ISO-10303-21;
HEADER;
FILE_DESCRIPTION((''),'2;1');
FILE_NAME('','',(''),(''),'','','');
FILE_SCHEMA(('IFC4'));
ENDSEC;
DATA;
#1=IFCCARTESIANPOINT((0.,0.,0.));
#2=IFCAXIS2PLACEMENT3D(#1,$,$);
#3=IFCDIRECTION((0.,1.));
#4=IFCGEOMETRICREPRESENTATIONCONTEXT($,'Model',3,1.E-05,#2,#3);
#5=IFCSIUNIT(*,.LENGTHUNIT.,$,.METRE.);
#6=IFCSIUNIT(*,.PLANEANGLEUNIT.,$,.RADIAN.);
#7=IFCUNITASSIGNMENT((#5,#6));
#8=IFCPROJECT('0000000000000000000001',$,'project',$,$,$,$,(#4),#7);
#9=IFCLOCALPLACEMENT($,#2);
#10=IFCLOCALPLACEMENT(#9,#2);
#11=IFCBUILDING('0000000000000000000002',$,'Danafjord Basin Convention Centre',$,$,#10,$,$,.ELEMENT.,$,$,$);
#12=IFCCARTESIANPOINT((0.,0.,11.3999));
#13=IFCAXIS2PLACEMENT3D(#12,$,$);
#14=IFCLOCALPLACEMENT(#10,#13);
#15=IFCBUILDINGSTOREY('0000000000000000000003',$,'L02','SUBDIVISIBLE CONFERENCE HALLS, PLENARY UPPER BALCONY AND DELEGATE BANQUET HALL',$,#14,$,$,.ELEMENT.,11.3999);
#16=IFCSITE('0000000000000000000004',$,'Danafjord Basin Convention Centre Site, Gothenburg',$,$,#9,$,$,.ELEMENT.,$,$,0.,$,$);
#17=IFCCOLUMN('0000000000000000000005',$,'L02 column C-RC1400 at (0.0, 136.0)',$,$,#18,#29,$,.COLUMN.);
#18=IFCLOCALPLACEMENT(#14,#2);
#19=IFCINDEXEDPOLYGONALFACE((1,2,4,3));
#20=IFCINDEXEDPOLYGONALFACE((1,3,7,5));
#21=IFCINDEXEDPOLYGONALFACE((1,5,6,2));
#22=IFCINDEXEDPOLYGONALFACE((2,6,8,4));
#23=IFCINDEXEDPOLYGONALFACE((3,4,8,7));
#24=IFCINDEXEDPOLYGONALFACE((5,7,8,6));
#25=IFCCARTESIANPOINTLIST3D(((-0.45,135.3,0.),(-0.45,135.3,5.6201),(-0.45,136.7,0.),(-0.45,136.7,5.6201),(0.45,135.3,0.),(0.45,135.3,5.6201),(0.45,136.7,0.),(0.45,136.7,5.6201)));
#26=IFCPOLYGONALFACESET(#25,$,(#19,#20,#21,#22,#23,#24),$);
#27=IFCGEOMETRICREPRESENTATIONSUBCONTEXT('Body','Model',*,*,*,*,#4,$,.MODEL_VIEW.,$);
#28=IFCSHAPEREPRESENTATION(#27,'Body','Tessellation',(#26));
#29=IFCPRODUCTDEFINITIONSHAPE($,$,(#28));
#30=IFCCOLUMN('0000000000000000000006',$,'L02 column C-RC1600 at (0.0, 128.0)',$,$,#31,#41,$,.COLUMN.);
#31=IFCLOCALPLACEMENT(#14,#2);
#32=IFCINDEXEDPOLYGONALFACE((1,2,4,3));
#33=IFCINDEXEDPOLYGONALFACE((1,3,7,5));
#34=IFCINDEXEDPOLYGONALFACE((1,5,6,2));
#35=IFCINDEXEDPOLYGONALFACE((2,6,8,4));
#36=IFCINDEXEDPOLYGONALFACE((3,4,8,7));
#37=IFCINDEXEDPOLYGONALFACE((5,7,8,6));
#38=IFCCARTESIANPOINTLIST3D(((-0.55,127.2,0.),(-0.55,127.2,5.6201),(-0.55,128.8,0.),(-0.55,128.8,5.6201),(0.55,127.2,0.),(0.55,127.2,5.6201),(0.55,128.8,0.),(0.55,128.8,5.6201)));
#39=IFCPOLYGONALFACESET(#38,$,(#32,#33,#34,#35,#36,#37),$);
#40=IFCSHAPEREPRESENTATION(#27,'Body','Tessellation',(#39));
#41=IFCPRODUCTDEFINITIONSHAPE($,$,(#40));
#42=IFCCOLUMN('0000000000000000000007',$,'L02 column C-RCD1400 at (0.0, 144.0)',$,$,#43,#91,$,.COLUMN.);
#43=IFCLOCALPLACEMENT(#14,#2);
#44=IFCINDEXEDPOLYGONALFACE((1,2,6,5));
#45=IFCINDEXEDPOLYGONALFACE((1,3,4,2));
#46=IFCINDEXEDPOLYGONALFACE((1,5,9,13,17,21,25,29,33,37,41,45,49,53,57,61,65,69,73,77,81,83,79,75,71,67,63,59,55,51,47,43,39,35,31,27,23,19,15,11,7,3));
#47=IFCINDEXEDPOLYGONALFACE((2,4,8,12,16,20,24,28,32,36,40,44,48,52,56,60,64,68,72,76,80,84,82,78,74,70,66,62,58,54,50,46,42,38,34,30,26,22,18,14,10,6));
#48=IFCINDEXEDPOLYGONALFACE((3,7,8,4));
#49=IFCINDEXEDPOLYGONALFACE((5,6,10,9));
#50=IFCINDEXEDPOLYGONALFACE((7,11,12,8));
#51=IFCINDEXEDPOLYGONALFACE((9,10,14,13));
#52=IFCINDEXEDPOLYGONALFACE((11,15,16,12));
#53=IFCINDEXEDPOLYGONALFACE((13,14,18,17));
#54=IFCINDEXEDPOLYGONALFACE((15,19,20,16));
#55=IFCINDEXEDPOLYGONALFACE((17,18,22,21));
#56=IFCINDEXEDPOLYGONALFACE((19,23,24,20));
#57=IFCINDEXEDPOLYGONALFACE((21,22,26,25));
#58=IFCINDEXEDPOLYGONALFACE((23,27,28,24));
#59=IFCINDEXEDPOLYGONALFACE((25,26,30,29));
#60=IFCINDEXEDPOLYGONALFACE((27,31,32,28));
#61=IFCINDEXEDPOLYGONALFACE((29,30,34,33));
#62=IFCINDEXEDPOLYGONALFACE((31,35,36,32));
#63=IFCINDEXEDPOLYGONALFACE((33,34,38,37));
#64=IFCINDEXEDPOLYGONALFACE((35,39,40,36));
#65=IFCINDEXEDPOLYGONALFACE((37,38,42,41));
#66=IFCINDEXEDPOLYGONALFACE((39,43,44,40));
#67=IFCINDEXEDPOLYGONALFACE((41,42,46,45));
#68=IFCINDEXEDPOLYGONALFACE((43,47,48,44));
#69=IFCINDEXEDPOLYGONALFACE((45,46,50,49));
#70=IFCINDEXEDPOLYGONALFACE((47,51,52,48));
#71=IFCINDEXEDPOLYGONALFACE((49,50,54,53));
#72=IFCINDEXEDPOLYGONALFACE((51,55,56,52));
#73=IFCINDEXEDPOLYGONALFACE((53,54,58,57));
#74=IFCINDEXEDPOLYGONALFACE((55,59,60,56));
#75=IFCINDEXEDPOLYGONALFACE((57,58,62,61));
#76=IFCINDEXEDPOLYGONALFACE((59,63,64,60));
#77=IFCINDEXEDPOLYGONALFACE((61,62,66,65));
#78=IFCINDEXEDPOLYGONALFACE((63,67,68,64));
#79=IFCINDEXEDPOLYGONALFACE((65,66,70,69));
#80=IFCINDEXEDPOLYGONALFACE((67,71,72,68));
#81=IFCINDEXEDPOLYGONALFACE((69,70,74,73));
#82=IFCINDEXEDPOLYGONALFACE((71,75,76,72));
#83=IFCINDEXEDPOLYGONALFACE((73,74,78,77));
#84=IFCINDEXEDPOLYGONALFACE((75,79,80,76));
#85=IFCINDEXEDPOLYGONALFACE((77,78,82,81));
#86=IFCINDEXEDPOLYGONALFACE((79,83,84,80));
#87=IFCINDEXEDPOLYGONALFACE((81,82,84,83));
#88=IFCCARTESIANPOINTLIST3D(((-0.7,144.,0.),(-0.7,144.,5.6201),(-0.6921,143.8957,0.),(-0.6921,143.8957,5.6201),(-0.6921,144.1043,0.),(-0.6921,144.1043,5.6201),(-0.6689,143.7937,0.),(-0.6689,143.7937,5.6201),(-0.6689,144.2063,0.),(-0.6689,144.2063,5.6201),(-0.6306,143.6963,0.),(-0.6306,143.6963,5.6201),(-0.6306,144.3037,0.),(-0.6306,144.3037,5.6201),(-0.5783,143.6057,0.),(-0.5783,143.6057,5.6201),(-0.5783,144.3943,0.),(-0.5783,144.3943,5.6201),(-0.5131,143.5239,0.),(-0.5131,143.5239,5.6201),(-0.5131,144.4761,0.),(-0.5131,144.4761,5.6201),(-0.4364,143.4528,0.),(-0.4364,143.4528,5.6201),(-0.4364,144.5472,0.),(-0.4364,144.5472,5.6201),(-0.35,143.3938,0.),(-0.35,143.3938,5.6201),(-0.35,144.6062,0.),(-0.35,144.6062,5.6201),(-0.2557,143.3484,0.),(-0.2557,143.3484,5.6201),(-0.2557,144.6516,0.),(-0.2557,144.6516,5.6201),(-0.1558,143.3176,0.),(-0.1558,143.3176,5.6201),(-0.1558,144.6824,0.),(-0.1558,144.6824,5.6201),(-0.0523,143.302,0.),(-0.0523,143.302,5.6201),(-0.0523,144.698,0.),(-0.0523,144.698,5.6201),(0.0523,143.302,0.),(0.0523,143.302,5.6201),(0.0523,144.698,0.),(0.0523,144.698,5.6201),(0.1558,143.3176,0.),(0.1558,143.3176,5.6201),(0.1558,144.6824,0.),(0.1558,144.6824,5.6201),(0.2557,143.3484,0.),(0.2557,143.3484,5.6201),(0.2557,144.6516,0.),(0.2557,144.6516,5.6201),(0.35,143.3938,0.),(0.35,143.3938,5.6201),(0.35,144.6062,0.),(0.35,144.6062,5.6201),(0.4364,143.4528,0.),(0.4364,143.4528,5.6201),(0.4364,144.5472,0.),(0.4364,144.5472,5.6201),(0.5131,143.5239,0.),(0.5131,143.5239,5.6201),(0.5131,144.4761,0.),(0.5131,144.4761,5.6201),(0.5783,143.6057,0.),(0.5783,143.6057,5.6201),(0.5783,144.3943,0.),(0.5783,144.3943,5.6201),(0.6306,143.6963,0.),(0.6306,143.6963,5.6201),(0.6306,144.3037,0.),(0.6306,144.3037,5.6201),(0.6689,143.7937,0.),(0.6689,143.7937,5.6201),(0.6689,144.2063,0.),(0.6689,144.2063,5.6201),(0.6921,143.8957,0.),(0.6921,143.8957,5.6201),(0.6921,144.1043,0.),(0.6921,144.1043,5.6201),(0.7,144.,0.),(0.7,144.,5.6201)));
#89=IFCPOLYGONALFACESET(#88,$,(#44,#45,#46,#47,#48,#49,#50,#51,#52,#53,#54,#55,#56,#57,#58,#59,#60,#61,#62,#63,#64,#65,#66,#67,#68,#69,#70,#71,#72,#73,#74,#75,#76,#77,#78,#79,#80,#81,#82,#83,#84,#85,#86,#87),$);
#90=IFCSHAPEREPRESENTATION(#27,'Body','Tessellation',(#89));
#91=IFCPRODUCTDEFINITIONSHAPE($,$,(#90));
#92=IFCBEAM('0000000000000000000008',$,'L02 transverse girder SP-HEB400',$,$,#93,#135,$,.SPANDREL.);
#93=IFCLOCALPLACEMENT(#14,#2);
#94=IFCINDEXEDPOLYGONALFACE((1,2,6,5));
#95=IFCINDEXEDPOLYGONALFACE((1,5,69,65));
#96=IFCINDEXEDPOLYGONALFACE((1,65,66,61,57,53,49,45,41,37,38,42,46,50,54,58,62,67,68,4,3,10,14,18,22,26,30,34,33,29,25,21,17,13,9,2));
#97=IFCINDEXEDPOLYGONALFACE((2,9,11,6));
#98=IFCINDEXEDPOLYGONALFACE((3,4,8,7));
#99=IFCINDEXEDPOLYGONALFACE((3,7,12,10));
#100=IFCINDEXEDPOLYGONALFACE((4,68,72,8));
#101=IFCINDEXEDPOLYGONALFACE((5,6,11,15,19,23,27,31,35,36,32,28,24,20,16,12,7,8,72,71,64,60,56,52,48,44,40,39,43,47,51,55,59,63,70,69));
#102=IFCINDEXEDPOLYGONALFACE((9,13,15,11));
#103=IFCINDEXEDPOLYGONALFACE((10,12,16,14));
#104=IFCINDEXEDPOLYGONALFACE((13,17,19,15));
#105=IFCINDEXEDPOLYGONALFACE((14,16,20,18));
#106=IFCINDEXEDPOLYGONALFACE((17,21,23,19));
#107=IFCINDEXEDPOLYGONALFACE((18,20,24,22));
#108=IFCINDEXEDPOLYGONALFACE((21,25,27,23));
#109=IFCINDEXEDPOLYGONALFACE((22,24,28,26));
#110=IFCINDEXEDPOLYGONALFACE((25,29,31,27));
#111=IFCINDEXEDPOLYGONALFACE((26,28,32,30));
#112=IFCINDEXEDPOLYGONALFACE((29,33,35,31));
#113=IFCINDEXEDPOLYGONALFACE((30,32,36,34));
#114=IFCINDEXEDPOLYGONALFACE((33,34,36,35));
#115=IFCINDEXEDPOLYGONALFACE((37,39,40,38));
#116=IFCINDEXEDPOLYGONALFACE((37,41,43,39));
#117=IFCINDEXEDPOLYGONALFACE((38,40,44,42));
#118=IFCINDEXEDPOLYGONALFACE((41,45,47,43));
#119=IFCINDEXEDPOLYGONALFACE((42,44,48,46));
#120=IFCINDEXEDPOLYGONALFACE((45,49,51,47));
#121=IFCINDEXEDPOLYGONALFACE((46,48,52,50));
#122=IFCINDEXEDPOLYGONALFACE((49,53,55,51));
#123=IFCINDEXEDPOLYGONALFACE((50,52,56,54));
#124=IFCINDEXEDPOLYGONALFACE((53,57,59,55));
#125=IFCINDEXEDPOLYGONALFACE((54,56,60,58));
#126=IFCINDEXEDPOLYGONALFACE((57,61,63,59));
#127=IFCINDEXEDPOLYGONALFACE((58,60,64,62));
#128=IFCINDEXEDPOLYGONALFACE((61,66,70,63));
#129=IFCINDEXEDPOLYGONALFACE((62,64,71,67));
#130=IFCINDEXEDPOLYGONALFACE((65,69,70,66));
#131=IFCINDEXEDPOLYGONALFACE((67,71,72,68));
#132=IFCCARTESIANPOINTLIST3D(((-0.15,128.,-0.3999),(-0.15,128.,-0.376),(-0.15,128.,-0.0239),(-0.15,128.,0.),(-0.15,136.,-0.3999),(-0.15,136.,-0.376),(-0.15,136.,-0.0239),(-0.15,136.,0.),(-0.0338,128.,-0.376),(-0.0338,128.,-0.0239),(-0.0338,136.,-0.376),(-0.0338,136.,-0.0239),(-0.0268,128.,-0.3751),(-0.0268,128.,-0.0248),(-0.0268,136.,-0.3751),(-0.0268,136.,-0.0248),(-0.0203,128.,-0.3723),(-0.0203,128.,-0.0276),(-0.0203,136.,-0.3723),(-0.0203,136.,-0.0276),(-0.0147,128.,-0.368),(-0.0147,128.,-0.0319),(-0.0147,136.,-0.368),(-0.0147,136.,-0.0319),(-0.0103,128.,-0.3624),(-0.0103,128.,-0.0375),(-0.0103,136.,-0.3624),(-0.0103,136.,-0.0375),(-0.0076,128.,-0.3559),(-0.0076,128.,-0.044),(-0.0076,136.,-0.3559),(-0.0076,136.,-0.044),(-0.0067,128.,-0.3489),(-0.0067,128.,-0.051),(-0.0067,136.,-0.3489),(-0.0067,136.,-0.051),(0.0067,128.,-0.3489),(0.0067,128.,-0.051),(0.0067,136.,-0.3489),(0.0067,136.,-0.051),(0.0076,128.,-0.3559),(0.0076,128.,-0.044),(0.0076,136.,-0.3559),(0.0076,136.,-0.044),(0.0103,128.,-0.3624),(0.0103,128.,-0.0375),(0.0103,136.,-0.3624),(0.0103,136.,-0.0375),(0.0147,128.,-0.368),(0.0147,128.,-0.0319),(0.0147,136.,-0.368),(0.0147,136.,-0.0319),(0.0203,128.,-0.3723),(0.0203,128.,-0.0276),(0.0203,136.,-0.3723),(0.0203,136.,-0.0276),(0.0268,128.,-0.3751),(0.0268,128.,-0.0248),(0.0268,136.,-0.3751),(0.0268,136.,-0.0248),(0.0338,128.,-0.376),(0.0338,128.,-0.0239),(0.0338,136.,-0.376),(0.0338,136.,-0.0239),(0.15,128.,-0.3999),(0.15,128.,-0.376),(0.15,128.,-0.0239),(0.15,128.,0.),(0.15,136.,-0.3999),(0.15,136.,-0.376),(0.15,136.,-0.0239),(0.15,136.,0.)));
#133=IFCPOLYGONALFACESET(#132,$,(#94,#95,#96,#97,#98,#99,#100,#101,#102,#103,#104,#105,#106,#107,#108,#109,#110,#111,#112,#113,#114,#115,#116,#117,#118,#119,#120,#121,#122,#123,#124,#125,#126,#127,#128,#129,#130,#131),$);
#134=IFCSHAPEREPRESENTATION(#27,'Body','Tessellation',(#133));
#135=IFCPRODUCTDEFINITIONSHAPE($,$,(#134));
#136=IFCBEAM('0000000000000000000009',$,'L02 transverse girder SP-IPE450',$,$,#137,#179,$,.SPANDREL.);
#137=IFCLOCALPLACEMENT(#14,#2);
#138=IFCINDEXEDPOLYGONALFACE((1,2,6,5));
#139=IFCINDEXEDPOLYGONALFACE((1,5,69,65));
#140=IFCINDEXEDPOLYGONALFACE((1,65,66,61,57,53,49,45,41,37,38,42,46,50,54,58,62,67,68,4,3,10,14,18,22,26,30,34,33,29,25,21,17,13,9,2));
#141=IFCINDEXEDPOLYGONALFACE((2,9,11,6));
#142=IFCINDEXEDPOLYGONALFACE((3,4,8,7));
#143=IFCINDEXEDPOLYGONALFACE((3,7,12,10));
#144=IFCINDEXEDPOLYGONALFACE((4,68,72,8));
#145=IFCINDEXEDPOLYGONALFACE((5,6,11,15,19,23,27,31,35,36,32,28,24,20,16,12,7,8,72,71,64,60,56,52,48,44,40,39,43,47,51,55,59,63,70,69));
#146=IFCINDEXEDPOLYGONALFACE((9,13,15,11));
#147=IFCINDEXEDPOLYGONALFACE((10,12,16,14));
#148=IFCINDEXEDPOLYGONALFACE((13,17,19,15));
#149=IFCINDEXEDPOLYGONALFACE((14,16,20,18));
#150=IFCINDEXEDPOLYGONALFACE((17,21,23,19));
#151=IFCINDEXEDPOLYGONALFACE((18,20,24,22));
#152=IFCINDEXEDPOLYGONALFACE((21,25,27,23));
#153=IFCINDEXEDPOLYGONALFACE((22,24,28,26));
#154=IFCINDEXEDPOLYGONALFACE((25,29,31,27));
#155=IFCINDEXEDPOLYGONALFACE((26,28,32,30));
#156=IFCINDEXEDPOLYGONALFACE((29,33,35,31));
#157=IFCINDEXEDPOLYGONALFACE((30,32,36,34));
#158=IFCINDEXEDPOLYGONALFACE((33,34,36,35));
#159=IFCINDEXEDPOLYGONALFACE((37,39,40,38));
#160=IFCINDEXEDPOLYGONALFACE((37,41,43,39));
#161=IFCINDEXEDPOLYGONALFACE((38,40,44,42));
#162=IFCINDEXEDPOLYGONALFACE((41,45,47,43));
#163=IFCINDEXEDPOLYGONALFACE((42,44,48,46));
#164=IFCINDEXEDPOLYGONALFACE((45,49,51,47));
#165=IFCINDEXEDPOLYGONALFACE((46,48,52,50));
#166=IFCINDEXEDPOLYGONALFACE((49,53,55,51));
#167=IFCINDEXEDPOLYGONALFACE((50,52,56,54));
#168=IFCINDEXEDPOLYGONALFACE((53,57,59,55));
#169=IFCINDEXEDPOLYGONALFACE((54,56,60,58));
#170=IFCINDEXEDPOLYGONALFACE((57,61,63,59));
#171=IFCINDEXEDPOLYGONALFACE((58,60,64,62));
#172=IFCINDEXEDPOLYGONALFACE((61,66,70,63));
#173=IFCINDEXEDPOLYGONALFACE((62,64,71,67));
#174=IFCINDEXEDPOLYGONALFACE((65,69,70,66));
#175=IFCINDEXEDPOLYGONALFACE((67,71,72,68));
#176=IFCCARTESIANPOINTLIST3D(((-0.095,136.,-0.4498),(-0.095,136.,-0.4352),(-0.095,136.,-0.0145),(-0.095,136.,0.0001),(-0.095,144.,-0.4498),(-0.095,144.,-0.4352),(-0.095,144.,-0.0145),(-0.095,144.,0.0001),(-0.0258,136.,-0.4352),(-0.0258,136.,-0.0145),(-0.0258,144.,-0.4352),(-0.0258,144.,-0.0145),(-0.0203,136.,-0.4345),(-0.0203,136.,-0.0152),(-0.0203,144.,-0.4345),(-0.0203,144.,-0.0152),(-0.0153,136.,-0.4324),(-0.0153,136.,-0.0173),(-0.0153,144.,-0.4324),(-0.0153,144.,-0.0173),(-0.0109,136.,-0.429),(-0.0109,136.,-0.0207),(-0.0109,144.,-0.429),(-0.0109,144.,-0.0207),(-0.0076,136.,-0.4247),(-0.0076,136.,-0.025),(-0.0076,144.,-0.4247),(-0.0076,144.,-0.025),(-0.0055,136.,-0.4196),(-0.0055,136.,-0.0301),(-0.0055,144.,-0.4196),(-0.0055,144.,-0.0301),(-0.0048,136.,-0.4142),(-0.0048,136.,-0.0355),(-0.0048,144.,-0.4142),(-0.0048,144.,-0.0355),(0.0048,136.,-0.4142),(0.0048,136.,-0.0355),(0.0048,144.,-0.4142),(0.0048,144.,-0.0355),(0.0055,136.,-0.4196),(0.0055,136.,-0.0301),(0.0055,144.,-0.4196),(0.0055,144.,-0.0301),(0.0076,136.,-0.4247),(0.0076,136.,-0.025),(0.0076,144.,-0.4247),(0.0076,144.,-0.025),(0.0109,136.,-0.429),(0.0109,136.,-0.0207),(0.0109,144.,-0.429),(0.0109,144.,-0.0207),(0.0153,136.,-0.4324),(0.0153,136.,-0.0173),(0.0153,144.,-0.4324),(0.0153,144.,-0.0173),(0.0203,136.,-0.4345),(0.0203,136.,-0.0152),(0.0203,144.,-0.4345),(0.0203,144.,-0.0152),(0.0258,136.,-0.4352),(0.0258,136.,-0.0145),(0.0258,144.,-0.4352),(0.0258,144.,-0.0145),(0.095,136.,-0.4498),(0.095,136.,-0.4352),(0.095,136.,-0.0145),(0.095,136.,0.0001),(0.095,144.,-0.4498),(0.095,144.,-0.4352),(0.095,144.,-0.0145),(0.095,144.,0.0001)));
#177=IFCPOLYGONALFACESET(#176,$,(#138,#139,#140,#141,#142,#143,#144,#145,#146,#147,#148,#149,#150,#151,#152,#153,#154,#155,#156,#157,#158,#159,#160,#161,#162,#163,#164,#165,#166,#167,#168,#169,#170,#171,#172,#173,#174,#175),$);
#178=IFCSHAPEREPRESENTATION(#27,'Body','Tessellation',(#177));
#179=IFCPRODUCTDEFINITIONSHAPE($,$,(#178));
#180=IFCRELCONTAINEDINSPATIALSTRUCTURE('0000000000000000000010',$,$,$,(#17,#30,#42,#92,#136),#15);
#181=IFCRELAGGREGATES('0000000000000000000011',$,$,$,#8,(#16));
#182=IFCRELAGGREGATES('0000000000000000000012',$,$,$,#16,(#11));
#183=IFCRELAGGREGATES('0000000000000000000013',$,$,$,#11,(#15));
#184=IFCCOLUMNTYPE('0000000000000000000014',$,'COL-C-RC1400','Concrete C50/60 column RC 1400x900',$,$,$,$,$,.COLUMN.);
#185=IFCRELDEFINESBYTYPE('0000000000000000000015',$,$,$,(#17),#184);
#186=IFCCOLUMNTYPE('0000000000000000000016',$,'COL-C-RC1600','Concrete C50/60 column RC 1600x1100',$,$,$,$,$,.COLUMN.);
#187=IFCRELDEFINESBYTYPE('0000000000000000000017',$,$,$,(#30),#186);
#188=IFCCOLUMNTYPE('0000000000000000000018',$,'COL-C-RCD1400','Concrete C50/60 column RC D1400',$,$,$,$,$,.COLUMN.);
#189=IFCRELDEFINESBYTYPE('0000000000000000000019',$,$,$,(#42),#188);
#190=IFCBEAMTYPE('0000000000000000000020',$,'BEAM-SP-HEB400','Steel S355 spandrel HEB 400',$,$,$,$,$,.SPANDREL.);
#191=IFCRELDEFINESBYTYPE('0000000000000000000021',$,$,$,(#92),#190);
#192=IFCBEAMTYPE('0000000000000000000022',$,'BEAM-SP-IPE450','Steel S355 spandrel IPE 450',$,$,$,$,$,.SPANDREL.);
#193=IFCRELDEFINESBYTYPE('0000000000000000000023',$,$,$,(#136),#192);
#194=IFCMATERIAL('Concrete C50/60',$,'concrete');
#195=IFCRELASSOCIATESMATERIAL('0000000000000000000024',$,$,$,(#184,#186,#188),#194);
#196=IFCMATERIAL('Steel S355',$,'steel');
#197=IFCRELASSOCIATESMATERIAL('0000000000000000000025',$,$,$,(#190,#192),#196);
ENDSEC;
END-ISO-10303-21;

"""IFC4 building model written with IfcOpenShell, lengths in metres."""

from ifc_helpers import new_model, si_unit, direction, frame, origin, origin_2d, place, context, subcontext, project, spatial, rectangle, circle, i_section, extrude, material, material_profile, profile_set, type_object, element, save


model = new_model("IFC4")

# Units and contexts
model_context = context("Model", 3, precision=1e-05, world=origin(), true_north=direction((0.0, 1.0)))
body_context = subcontext(model_context, "Body", "Model", "MODEL_VIEW")
ifc_project = project(units=[si_unit("LENGTHUNIT", "METRE"), si_unit("PLANEANGLEUNIT", "RADIAN")], contexts=[model_context])

# Site, building, storey
site_placement = place(None, origin())
site = spatial("IfcSite", under=ifc_project, at=site_placement, Name="Danafjord Basin Convention Centre Site, Gothenburg", CompositionType="ELEMENT", RefElevation=0.0)
building_placement = place(site_placement, origin())
building = spatial("IfcBuilding", under=site, at=building_placement, Name="Danafjord Basin Convention Centre", CompositionType="ELEMENT")
storey_placement = place(building_placement, frame((0.0, 0.0, 11.3999)))
storey = spatial("IfcBuildingStorey", under=building, at=storey_placement, Name="L02", Description="SUBDIVISIBLE CONFERENCE HALLS, PLENARY UPPER BALCONY AND DELEGATE BANQUET HALL", CompositionType="ELEMENT", Elevation=11.3999)

# Columns
ifc_material_1 = material(Name="Concrete C50/60", Category="concrete")
ifc_material_profile_1 = material_profile(ifc_material_1, rectangle(XDim=0.8999, YDim=1.3999, at=origin_2d()), Name="RC 1400x900")
ifc_profile_set_1 = profile_set([ifc_material_profile_1], Name="Concrete C50/60")
column_type_1 = type_object("IfcColumnType", Name="COL-C-RC1400", Description="Concrete C50/60 column RC 1400x900", PredefinedType="COLUMN", material=ifc_profile_set_1)
column_1_placement = place(storey_placement, frame((0.0, 136.0, 0.0), z_axis=(0.0, 0.0, 1.0), x_axis=(1.0, 0.0, 0.0)))
element("IfcColumn", 1, at=column_1_placement, inside=storey, type_object=column_type_1, Name="L02 column C-RC1400 at (0.0, 136.0)", PredefinedType="COLUMN", context=body_context, shape_type="SweptSolid", body=[
    extrude(rectangle(XDim=0.8999, YDim=1.3999, at=origin_2d()), origin(), (0.0, 0.0, 1.0), 5.6201),
])
ifc_material_profile_2 = material_profile(ifc_material_1, rectangle(XDim=1.1001, YDim=1.6001, at=origin_2d()), Name="RC 1600x1100")
ifc_profile_set_2 = profile_set([ifc_material_profile_2], Name="Concrete C50/60")
column_type_2 = type_object("IfcColumnType", Name="COL-C-RC1600", Description="Concrete C50/60 column RC 1600x1100", PredefinedType="COLUMN", material=ifc_profile_set_2)
column_2_placement = place(storey_placement, frame((0.0, 128.0, 0.0), z_axis=(0.0, 0.0, 1.0), x_axis=(1.0, 0.0, 0.0)))
element("IfcColumn", 2, at=column_2_placement, inside=storey, type_object=column_type_2, Name="L02 column C-RC1600 at (0.0, 128.0)", PredefinedType="COLUMN", context=body_context, shape_type="SweptSolid", body=[
    extrude(rectangle(XDim=1.1001, YDim=1.6001, at=origin_2d()), origin(), (0.0, 0.0, 1.0), 5.6201),
])
ifc_material_profile_3 = material_profile(ifc_material_1, circle(Radius=0.7, at=origin_2d()), Name="RC D1400")
ifc_profile_set_3 = profile_set([ifc_material_profile_3], Name="Concrete C50/60")
column_type_3 = type_object("IfcColumnType", Name="COL-C-RCD1400", Description="Concrete C50/60 column RC D1400", PredefinedType="COLUMN", material=ifc_profile_set_3)
column_3_placement = place(storey_placement, frame((0.0, 144.0, 0.0), z_axis=(0.0, 0.0, 1.0), x_axis=(1.0, 0.0, 0.0)))
element("IfcColumn", 3, at=column_3_placement, inside=storey, type_object=column_type_3, Name="L02 column C-RCD1400 at (0.0, 144.0)", PredefinedType="COLUMN", context=body_context, shape_type="SweptSolid", body=[
    extrude(circle(Radius=0.7, at=origin_2d()), origin(), (0.0, 0.0, 1.0), 5.6201),
])

# Beams
ifc_material_2 = material(Name="Steel S355", Category="steel")
ifc_material_profile_4 = material_profile(ifc_material_2, i_section(OverallWidth=0.3, OverallDepth=0.3999, WebThickness=0.0134, FlangeThickness=0.0239, FilletRadius=0.0271, at=origin_2d()), Name="HEB 400")
ifc_profile_set_4 = profile_set([ifc_material_profile_4], Name="Steel S355")
beam_type_1 = type_object("IfcBeamType", Name="BEAM-SP-HEB400", Description="Steel S355 spandrel HEB 400", PredefinedType="SPANDREL", material=ifc_profile_set_4)
beam_1_placement = place(storey_placement, frame((0.0, 128.0, -0.2), z_axis=(0.0, 1.0, 0.0), x_axis=(-1.0, 0.0, 0.0)))
element("IfcBeam", 4, at=beam_1_placement, inside=storey, type_object=beam_type_1, Name="L02 transverse girder SP-HEB400", PredefinedType="SPANDREL", context=body_context, shape_type="SweptSolid", body=[
    extrude(i_section(OverallWidth=0.3, OverallDepth=0.3999, WebThickness=0.0134, FlangeThickness=0.0239, FilletRadius=0.0271, at=origin_2d()), origin(), (0.0, 0.0, 1.0), 8.0),
])
ifc_material_profile_5 = material_profile(ifc_material_2, i_section(OverallWidth=0.1899, OverallDepth=0.45, WebThickness=0.0095, FlangeThickness=0.0146, FilletRadius=0.021, at=origin_2d()), Name="IPE 450")
ifc_profile_set_5 = profile_set([ifc_material_profile_5], Name="Steel S355")
beam_type_2 = type_object("IfcBeamType", Name="BEAM-SP-IPE450", Description="Steel S355 spandrel IPE 450", PredefinedType="SPANDREL", material=ifc_profile_set_5)
beam_2_placement = place(storey_placement, frame((0.0, 136.0, -0.2249), z_axis=(0.0, 1.0, 0.0), x_axis=(-1.0, 0.0, 0.0)))
element("IfcBeam", 5, at=beam_2_placement, inside=storey, type_object=beam_type_2, Name="L02 transverse girder SP-IPE450", PredefinedType="SPANDREL", context=body_context, shape_type="SweptSolid", body=[
    extrude(i_section(OverallWidth=0.1899, OverallDepth=0.45, WebThickness=0.0095, FlangeThickness=0.0146, FilletRadius=0.021, at=origin_2d()), origin(), (0.0, 0.0, 1.0), 8.0),
])

save(model, "model.ifc")
